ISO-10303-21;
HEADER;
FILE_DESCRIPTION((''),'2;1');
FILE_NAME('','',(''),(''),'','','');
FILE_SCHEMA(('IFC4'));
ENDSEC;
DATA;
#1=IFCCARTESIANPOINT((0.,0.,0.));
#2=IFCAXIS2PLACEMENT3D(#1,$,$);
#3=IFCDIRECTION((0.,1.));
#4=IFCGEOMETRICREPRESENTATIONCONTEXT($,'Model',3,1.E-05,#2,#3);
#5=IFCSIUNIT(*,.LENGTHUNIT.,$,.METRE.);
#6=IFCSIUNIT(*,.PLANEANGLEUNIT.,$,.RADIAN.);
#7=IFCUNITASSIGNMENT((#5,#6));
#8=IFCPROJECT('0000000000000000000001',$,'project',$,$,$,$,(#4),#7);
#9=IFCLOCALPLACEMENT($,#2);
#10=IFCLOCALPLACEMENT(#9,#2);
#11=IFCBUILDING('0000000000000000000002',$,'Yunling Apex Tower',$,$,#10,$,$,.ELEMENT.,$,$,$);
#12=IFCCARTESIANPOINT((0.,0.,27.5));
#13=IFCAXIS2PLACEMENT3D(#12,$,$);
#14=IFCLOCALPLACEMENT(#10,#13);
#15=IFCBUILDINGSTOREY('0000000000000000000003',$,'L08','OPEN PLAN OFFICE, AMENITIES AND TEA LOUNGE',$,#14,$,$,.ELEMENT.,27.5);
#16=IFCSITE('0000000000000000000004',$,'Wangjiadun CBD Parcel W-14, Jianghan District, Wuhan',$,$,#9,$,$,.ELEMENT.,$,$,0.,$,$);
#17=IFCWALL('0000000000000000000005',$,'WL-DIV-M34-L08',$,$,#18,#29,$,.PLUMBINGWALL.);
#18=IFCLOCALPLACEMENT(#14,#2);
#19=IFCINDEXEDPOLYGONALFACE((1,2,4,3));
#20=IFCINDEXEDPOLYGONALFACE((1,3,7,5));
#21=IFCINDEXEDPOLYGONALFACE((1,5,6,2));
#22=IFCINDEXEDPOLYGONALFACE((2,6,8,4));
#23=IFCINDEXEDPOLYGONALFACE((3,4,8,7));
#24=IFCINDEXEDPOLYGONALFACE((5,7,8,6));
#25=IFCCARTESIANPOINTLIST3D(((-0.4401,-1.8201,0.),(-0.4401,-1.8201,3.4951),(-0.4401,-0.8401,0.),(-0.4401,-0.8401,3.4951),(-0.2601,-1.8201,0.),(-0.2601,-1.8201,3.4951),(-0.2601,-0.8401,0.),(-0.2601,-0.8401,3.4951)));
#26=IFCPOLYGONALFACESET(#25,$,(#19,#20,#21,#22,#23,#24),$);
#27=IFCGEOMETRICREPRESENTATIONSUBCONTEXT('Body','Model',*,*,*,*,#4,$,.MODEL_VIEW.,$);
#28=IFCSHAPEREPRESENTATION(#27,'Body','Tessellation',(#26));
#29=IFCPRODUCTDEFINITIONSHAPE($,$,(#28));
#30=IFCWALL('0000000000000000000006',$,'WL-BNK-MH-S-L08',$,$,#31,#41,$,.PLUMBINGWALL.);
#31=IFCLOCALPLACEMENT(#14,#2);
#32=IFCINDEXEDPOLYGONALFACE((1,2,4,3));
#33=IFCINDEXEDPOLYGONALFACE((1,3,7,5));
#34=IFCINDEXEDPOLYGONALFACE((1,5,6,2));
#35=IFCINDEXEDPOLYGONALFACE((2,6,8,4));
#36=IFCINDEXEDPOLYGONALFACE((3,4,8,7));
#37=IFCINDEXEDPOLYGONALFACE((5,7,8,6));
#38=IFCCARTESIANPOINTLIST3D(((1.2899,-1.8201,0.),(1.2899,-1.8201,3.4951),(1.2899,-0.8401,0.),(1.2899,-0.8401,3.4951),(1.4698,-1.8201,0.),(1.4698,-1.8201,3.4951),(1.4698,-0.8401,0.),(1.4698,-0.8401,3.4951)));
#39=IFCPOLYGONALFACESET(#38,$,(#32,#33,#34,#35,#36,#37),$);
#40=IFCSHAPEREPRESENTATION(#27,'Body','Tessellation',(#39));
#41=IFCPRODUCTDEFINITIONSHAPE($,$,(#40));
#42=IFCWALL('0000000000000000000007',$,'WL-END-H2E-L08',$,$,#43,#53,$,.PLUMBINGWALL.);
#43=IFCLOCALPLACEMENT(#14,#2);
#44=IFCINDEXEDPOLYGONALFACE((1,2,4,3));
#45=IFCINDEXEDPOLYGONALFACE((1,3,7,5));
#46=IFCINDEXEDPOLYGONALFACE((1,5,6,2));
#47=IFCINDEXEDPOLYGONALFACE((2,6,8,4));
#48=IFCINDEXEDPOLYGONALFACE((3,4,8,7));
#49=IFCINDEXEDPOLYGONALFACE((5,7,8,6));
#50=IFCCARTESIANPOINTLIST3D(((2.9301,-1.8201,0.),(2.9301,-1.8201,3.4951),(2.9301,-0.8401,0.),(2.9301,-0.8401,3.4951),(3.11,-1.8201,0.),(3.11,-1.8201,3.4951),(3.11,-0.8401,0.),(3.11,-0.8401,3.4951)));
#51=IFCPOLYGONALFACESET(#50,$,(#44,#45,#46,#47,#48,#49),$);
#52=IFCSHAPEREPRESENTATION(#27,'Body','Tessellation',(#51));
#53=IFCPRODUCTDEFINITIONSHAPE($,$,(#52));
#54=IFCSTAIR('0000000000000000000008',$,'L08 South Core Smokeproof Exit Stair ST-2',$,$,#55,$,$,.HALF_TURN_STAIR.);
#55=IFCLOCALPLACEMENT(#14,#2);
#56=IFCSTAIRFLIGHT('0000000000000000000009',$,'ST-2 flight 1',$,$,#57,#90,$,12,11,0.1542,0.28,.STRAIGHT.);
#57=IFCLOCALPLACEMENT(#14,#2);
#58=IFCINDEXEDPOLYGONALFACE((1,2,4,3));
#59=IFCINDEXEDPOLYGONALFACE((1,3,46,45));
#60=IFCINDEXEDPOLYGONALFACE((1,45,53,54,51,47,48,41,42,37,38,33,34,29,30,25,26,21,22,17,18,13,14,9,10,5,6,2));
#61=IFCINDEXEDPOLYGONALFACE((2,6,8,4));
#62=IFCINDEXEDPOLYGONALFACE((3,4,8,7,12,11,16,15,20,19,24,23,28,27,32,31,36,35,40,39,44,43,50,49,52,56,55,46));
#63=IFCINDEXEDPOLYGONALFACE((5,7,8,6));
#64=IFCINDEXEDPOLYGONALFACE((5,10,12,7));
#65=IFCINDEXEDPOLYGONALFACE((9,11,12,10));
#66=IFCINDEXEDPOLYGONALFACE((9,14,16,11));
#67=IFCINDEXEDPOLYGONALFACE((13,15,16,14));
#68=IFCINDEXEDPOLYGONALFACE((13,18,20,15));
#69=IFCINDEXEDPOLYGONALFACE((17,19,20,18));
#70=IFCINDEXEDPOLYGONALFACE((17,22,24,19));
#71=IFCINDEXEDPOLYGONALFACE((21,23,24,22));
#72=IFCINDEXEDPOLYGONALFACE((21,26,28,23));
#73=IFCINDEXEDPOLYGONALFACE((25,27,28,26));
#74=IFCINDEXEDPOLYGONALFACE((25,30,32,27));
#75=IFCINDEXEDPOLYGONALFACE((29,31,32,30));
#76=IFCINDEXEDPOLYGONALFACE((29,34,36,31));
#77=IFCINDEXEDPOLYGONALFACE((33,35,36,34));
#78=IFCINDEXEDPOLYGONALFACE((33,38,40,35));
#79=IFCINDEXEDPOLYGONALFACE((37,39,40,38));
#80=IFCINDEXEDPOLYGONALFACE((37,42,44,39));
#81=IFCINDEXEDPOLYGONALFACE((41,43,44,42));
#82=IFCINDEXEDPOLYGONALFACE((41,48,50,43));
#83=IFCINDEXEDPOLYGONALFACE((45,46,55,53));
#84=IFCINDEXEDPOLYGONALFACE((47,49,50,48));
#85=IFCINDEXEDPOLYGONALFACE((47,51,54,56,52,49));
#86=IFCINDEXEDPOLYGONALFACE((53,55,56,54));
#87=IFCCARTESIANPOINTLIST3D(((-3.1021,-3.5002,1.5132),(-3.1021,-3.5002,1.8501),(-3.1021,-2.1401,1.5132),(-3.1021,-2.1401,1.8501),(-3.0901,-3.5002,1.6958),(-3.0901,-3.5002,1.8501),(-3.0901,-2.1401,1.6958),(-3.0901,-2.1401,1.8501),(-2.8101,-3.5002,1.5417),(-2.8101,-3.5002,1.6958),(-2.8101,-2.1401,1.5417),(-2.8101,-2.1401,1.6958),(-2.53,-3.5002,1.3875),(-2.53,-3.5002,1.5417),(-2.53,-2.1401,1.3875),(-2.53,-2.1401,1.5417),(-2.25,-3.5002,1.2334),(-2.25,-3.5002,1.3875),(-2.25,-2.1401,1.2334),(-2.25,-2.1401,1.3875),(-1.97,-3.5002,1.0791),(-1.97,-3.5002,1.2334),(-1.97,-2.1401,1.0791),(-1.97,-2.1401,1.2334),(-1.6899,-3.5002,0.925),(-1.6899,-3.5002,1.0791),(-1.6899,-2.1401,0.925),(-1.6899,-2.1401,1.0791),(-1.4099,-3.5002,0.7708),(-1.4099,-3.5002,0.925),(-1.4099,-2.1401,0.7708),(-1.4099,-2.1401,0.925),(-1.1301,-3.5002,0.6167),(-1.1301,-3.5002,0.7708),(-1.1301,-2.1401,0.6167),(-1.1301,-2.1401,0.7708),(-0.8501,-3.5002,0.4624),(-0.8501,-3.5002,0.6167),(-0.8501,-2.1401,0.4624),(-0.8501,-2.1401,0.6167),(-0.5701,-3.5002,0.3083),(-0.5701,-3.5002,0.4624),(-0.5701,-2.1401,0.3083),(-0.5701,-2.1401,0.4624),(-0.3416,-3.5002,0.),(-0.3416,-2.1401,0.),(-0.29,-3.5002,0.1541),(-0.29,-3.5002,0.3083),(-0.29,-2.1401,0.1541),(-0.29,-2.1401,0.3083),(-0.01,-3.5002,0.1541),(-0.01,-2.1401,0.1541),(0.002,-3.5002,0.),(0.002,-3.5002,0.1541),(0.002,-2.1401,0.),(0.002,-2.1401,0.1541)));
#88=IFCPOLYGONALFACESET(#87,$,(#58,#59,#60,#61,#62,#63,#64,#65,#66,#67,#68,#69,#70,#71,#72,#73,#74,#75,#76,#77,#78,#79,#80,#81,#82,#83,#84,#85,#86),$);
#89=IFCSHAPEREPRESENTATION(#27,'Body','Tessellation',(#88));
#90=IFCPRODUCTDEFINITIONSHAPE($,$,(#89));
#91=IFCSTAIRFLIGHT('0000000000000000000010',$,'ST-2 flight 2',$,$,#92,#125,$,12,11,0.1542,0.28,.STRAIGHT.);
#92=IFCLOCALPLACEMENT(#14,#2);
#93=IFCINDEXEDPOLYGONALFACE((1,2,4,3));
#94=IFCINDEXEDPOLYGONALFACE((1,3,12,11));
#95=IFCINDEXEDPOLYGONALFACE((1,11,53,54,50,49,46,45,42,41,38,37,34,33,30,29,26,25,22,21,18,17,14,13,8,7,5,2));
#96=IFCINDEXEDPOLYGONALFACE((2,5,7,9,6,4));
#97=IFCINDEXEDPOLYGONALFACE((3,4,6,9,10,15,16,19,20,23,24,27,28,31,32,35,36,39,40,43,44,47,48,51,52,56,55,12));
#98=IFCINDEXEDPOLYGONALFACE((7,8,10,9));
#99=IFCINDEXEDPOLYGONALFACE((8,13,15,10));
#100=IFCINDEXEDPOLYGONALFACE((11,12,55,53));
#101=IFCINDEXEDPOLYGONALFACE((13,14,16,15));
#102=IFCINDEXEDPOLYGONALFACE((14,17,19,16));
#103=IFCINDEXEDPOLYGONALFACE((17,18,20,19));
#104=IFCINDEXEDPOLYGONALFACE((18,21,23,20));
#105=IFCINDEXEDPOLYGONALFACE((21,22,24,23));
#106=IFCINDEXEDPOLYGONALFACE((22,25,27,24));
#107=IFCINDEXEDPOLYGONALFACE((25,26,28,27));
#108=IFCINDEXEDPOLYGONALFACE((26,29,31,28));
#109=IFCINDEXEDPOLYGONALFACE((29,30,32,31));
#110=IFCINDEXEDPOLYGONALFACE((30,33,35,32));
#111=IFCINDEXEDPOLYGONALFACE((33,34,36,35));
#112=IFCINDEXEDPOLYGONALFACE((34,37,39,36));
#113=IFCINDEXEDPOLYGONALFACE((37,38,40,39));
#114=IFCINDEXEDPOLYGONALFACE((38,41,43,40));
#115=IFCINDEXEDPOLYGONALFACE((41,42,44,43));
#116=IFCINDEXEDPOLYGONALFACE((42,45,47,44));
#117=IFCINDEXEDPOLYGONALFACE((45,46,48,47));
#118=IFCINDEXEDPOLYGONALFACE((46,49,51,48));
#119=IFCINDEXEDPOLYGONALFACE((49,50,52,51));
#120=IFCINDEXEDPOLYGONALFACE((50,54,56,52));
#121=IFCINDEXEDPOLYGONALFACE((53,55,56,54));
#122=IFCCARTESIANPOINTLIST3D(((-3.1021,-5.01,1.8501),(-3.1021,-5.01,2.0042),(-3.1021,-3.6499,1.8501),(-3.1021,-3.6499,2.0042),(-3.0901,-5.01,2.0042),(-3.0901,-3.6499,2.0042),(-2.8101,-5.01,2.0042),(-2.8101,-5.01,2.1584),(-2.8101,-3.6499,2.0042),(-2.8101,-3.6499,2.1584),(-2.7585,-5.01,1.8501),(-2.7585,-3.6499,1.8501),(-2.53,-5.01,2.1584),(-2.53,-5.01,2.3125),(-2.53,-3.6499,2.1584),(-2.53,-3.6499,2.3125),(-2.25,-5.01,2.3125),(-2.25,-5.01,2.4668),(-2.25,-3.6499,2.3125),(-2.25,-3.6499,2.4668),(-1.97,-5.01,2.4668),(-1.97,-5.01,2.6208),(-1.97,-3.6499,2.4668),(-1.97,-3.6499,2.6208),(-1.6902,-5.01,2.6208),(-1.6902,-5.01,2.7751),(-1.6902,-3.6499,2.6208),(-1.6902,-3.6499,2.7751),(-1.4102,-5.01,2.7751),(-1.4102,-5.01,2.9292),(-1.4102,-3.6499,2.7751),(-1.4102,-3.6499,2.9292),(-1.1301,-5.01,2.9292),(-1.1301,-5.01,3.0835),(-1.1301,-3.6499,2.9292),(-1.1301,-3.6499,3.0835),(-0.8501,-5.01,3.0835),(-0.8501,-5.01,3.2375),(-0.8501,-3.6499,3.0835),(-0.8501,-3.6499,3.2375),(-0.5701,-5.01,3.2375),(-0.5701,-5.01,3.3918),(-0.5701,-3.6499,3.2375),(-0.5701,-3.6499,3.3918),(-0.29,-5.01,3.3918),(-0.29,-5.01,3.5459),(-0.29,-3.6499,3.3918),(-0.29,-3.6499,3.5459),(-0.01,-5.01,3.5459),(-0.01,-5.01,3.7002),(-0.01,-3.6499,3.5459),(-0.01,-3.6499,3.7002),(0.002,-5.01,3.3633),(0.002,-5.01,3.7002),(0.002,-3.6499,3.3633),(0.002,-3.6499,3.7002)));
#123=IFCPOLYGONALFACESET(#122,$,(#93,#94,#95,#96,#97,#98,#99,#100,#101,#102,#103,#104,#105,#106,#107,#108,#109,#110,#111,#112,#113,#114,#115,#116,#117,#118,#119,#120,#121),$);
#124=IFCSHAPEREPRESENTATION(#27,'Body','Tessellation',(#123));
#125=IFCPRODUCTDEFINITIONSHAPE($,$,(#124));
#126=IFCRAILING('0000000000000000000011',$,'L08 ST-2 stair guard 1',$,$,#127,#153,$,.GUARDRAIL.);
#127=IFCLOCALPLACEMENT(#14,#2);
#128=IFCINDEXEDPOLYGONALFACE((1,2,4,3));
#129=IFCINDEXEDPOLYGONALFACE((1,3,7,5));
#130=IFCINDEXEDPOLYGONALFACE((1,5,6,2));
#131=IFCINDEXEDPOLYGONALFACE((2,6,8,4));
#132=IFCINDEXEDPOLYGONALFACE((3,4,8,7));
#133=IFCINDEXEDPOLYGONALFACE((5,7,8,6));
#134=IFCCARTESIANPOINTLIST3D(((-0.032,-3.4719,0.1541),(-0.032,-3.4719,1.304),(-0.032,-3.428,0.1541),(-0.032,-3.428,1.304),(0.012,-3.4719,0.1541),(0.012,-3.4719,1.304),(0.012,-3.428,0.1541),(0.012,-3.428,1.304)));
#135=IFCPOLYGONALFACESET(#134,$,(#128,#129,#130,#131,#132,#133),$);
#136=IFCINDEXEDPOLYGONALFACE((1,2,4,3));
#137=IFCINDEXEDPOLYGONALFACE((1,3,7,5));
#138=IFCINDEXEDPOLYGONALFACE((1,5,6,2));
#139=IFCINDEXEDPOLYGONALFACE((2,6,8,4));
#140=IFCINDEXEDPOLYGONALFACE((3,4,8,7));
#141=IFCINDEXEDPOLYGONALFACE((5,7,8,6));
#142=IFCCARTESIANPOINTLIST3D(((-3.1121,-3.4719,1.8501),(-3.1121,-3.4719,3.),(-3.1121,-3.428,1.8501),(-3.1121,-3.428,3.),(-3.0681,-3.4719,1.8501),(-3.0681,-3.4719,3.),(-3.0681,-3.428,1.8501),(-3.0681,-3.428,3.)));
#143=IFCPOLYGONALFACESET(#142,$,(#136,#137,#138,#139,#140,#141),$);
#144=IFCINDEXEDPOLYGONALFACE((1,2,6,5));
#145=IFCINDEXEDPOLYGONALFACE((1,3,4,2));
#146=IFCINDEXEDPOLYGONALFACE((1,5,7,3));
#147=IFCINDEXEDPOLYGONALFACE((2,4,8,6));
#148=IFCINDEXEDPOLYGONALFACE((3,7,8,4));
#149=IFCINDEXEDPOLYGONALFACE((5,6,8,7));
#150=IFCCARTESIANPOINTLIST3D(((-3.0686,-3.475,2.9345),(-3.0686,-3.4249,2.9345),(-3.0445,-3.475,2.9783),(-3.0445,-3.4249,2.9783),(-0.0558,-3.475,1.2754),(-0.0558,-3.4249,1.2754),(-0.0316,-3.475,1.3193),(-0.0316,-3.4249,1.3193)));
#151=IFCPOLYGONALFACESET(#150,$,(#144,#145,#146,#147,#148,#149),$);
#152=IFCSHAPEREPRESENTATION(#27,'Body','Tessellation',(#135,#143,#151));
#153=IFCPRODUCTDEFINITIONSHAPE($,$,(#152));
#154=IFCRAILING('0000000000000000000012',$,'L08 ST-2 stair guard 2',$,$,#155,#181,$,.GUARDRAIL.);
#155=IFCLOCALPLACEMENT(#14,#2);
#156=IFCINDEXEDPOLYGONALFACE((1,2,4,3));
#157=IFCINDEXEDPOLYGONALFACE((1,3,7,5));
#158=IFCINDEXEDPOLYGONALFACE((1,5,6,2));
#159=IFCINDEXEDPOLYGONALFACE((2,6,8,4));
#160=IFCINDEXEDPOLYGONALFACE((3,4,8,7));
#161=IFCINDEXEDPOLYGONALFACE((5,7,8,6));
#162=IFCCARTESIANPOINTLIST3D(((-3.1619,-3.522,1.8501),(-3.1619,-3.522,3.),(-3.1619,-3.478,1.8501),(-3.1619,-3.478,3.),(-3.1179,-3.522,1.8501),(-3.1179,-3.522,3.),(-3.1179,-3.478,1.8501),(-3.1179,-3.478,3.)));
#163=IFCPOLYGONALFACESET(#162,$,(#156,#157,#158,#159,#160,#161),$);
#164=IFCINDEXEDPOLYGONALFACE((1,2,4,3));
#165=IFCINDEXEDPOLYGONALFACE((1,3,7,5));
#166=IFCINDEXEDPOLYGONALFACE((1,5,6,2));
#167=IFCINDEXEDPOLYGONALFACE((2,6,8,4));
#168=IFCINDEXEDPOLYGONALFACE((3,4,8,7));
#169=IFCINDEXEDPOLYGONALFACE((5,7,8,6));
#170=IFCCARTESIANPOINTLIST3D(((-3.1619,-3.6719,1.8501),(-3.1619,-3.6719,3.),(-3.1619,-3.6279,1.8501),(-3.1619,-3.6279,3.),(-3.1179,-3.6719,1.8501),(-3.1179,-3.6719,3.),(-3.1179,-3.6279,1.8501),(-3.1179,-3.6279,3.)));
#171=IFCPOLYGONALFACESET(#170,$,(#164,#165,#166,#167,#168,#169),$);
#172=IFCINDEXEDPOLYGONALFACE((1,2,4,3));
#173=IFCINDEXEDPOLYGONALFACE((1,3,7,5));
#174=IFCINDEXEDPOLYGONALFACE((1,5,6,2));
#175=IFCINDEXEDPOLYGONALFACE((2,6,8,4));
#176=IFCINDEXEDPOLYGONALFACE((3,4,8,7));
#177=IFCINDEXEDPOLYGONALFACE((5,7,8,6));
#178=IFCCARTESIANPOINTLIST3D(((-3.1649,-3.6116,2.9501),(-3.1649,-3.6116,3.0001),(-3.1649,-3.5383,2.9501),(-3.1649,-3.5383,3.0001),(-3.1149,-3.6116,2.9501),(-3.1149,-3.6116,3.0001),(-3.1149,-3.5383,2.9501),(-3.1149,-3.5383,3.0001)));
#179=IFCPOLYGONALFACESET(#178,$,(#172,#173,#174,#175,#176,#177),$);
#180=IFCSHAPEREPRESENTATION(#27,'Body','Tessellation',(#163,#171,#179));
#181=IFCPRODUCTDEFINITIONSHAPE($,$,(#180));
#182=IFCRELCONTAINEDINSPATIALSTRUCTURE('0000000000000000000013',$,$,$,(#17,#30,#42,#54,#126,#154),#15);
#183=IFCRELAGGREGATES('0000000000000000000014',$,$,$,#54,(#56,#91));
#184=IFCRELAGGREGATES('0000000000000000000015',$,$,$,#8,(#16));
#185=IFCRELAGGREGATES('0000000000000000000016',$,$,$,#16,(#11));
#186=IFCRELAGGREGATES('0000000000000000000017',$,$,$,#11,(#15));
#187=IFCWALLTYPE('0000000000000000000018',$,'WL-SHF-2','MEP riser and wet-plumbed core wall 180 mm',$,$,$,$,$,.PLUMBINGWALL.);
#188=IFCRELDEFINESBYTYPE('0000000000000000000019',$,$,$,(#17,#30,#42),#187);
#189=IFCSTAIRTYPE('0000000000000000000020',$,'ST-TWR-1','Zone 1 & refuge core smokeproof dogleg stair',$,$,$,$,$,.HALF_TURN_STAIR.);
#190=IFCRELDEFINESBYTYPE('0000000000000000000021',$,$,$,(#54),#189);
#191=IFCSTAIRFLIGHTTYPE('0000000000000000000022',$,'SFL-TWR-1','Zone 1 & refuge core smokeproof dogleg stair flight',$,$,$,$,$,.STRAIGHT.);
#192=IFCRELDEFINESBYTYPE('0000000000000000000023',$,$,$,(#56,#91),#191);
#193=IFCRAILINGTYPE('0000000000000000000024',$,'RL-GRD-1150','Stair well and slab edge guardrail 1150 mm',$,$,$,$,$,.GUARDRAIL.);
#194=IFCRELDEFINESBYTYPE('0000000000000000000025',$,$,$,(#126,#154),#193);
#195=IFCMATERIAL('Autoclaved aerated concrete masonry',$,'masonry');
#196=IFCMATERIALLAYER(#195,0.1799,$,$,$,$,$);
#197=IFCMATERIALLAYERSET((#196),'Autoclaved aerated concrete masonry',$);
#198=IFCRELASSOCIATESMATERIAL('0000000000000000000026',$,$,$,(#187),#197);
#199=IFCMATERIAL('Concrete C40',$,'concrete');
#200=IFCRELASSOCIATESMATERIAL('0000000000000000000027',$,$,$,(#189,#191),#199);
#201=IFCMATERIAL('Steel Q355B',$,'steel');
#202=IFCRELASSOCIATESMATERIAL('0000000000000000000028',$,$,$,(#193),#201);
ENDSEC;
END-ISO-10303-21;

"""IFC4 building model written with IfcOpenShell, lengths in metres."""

from ifc_helpers import new_model, si_unit, direction, frame, frame_2d, origin, origin_2d, place, context, subcontext, project, spatial, polyline, rectangle, outline, extrude, material, layer, layer_set, type_object, element, aggregate, save


model = new_model("IFC4")

# Units and contexts
model_context = context("Model", 3, precision=1e-05, world=origin(), true_north=direction((0.0, 1.0)))
body_context = subcontext(model_context, "Body", "Model", "MODEL_VIEW")
ifc_project = project(units=[si_unit("LENGTHUNIT", "METRE"), si_unit("PLANEANGLEUNIT", "RADIAN")], contexts=[model_context])

# Site, building, storey
site_placement = place(None, origin())
site = spatial("IfcSite", under=ifc_project, at=site_placement, Name="Wangjiadun CBD Parcel W-14, Jianghan District, Wuhan", CompositionType="ELEMENT", RefElevation=0.0)
building_placement = place(site_placement, origin())
building = spatial("IfcBuilding", under=site, at=building_placement, Name="Yunling Apex Tower", CompositionType="ELEMENT")
storey_placement = place(building_placement, frame((0.0, 0.0, 27.5)))
storey = spatial("IfcBuildingStorey", under=building, at=storey_placement, Name="L08", Description="OPEN PLAN OFFICE, AMENITIES AND TEA LOUNGE", CompositionType="ELEMENT", Elevation=27.5)

# Shared definitions
ifc_material_1 = material(Name="Steel Q355B", Category="steel")

# Shared definitions
ifc_material_2 = material(Name="Concrete C40", Category="concrete")

# Shared definitions
ifc_material_3 = material(Name="Autoclaved aerated concrete masonry", Category="masonry")

# Walls
ifc_layer_1 = layer(ifc_material_3, 0.1799)
ifc_layer_set_1 = layer_set([ifc_layer_1], Name="Autoclaved aerated concrete masonry")
wall_type_1 = type_object("IfcWallType", Name="WL-SHF-2", Description="MEP riser and wet-plumbed core wall 180 mm", PredefinedType="PLUMBINGWALL", material=ifc_layer_set_1)
for number, where, z_axis, x_axis, name in (
    (1, (-0.3501, -1.8201, 0.0), (0.0, 0.0, 1.0), (0.0, 1.0, 0.0), "WL-DIV-M34-L08"),
    (2, (1.3799, -1.8201, 0.0), (0.0, 0.0, 1.0), (0.0, 1.0, 0.0), "WL-BNK-MH-S-L08"),
    (3, (3.02, -1.8201, 0.0), (0.0, 0.0, 1.0), (0.0, 1.0, 0.0), "WL-END-H2E-L08"),
):
    element("IfcWall", number, at=place(storey_placement, frame(where, z_axis=z_axis, x_axis=x_axis)), inside=storey, type_object=wall_type_1, Name=name, PredefinedType="PLUMBINGWALL", context=body_context, shape_type="SweptSolid", body=[
        extrude(rectangle(XDim=0.98, YDim=0.1799, at=frame_2d((0.49, 0.0))), origin(), (0.0, 0.0, 1.0), 3.4951),
    ])

# Stair, stair flights
stair_type = type_object("IfcStairType", Name="ST-TWR-1", Description="Zone 1 & refuge core smokeproof dogleg stair", PredefinedType="HALF_TURN_STAIR", material=ifc_material_2)
stair_placement = place(storey_placement, origin())
stair = element("IfcStair", 4, at=stair_placement, inside=storey, type_object=stair_type, Name="L08 South Core Smokeproof Exit Stair ST-2", PredefinedType="HALF_TURN_STAIR")
stair_flight_type = type_object("IfcStairFlightType", Name="SFL-TWR-1", Description="Zone 1 & refuge core smokeproof dogleg stair flight", PredefinedType="STRAIGHT", material=ifc_material_2)
stair_flight_1_placement = place(storey_placement, frame((-0.01, -2.8201, 0.0), z_axis=(0.0, 0.0, 1.0), x_axis=(-1.0, 0.0, 0.0)))
stair_flight_1 = element("IfcStairFlight", 5, at=stair_flight_1_placement, type_object=stair_flight_type, Name="ST-2 flight 1", NumberOfRisers=12, NumberOfTreads=11, PredefinedType="STRAIGHT", RiserHeight=0.1542, TreadLength=0.28, context=body_context, shape_type="SweptSolid", body=[
    extrude(outline(polyline([(-0.012, 0.0), (-0.012, 0.1541), (0.0, 0.1541), (0.28, 0.1541), (0.28, 0.3083), (0.5601, 0.3083), (0.5601, 0.4624), (0.8401, 0.4624), (0.8401, 0.6167), (1.1201, 0.6167), (1.1201, 0.7708), (1.3999, 0.7708), (1.3999, 0.925), (1.6799, 0.925), (1.6799, 1.0791), (1.96, 1.0791), (1.96, 1.2334), (2.24, 1.2334), (2.24, 1.3875), (2.52, 1.3875), (2.52, 1.5417), (2.8, 1.5417), (2.8, 1.6958), (3.0801, 1.6958), (3.0801, 1.8501), (3.092, 1.8501), (3.092, 1.5132), (0.3315, 0.0), (-0.012, 0.0)])), frame((0.0, 0.6802, 0.0), z_axis=(0.0, -1.0, 0.0), x_axis=(1.0, 0.0, 0.0)), (0.0, 0.0, 1.0), 1.3601),
])
stair_flight_2_placement = place(storey_placement, frame((-3.0901, -4.3301, 1.8501), z_axis=(0.0, 0.0, 1.0), x_axis=(1.0, 0.0, 0.0)))
stair_flight_2 = element("IfcStairFlight", 6, at=stair_flight_2_placement, type_object=stair_flight_type, Name="ST-2 flight 2", NumberOfRisers=12, NumberOfTreads=11, PredefinedType="STRAIGHT", RiserHeight=0.1542, TreadLength=0.28, context=body_context, shape_type="SweptSolid", body=[
    extrude(outline(polyline([(-0.012, 0.0), (-0.012, 0.1541), (0.0, 0.1541), (0.28, 0.1541), (0.28, 0.3083), (0.5601, 0.3083), (0.5601, 0.4624), (0.8401, 0.4624), (0.8401, 0.6167), (1.1201, 0.6167), (1.1201, 0.7708), (1.3999, 0.7708), (1.3999, 0.925), (1.6799, 0.925), (1.6799, 1.0791), (1.96, 1.0791), (1.96, 1.2334), (2.24, 1.2334), (2.24, 1.3875), (2.52, 1.3875), (2.52, 1.5417), (2.8, 1.5417), (2.8, 1.6958), (3.0801, 1.6958), (3.0801, 1.8501), (3.092, 1.8501), (3.092, 1.5132), (0.3315, 0.0), (-0.012, 0.0)])), frame((0.0, 0.6802, 0.0), z_axis=(0.0, -1.0, 0.0), x_axis=(1.0, 0.0, 0.0)), (0.0, 0.0, 1.0), 1.3601),
])
aggregate(stair, [stair_flight_1, stair_flight_2])

# Railings
railing_type_1 = type_object("IfcRailingType", Name="RL-GRD-1150", Description="Stair well and slab edge guardrail 1150 mm", PredefinedType="GUARDRAIL", material=ifc_material_1)
railing_1_placement = place(storey_placement, frame((-0.01, -3.45, 0.1541)))
element("IfcRailing", 7, at=railing_1_placement, inside=storey, type_object=railing_type_1, Name="L08 ST-2 stair guard 1", PredefinedType="GUARDRAIL", context=body_context, shape_type="SweptSolid", body=[
    extrude(rectangle(XDim=0.0439, YDim=0.0439, at=origin_2d()), origin(), (0.0, 0.0, 1.0), 1.1499),
    extrude(rectangle(XDim=0.0439, YDim=0.0439, at=origin_2d()), frame((-3.0801, 0.0, 1.696)), (0.0, 0.0, 1.0), 1.1499),
    extrude(rectangle(XDim=0.05, YDim=0.05, at=origin_2d()), frame((-0.0337, 0.0, 1.1433), z_axis=(-0.875975, 0.0, 0.482356), x_axis=(0.0, -1.0, 0.0)), (0.0, 0.0, 1.0), 3.4395),
])
railing_2_placement = place(storey_placement, frame((-3.1399, -3.5, 1.8501)))
element("IfcRailing", 8, at=railing_2_placement, inside=storey, type_object=railing_type_1, Name="L08 ST-2 stair guard 2", PredefinedType="GUARDRAIL", context=body_context, shape_type="SweptSolid", body=[
    extrude(rectangle(XDim=0.0439, YDim=0.0439, at=origin_2d()), origin(), (0.0, 0.0, 1.0), 1.1499),
    extrude(rectangle(XDim=0.0439, YDim=0.0439, at=origin_2d()), frame((0.0, -0.1499, 0.0)), (0.0, 0.0, 1.0), 1.1499),
    extrude(rectangle(XDim=0.05, YDim=0.05, at=origin_2d()), frame((0.0, -0.0383, 1.125), z_axis=(0.0, -1.0, 0.0), x_axis=(1.0, 0.0, 0.0)), (0.0, 0.0, 1.0), 0.0732),
])

save(model, "model.ifc")
